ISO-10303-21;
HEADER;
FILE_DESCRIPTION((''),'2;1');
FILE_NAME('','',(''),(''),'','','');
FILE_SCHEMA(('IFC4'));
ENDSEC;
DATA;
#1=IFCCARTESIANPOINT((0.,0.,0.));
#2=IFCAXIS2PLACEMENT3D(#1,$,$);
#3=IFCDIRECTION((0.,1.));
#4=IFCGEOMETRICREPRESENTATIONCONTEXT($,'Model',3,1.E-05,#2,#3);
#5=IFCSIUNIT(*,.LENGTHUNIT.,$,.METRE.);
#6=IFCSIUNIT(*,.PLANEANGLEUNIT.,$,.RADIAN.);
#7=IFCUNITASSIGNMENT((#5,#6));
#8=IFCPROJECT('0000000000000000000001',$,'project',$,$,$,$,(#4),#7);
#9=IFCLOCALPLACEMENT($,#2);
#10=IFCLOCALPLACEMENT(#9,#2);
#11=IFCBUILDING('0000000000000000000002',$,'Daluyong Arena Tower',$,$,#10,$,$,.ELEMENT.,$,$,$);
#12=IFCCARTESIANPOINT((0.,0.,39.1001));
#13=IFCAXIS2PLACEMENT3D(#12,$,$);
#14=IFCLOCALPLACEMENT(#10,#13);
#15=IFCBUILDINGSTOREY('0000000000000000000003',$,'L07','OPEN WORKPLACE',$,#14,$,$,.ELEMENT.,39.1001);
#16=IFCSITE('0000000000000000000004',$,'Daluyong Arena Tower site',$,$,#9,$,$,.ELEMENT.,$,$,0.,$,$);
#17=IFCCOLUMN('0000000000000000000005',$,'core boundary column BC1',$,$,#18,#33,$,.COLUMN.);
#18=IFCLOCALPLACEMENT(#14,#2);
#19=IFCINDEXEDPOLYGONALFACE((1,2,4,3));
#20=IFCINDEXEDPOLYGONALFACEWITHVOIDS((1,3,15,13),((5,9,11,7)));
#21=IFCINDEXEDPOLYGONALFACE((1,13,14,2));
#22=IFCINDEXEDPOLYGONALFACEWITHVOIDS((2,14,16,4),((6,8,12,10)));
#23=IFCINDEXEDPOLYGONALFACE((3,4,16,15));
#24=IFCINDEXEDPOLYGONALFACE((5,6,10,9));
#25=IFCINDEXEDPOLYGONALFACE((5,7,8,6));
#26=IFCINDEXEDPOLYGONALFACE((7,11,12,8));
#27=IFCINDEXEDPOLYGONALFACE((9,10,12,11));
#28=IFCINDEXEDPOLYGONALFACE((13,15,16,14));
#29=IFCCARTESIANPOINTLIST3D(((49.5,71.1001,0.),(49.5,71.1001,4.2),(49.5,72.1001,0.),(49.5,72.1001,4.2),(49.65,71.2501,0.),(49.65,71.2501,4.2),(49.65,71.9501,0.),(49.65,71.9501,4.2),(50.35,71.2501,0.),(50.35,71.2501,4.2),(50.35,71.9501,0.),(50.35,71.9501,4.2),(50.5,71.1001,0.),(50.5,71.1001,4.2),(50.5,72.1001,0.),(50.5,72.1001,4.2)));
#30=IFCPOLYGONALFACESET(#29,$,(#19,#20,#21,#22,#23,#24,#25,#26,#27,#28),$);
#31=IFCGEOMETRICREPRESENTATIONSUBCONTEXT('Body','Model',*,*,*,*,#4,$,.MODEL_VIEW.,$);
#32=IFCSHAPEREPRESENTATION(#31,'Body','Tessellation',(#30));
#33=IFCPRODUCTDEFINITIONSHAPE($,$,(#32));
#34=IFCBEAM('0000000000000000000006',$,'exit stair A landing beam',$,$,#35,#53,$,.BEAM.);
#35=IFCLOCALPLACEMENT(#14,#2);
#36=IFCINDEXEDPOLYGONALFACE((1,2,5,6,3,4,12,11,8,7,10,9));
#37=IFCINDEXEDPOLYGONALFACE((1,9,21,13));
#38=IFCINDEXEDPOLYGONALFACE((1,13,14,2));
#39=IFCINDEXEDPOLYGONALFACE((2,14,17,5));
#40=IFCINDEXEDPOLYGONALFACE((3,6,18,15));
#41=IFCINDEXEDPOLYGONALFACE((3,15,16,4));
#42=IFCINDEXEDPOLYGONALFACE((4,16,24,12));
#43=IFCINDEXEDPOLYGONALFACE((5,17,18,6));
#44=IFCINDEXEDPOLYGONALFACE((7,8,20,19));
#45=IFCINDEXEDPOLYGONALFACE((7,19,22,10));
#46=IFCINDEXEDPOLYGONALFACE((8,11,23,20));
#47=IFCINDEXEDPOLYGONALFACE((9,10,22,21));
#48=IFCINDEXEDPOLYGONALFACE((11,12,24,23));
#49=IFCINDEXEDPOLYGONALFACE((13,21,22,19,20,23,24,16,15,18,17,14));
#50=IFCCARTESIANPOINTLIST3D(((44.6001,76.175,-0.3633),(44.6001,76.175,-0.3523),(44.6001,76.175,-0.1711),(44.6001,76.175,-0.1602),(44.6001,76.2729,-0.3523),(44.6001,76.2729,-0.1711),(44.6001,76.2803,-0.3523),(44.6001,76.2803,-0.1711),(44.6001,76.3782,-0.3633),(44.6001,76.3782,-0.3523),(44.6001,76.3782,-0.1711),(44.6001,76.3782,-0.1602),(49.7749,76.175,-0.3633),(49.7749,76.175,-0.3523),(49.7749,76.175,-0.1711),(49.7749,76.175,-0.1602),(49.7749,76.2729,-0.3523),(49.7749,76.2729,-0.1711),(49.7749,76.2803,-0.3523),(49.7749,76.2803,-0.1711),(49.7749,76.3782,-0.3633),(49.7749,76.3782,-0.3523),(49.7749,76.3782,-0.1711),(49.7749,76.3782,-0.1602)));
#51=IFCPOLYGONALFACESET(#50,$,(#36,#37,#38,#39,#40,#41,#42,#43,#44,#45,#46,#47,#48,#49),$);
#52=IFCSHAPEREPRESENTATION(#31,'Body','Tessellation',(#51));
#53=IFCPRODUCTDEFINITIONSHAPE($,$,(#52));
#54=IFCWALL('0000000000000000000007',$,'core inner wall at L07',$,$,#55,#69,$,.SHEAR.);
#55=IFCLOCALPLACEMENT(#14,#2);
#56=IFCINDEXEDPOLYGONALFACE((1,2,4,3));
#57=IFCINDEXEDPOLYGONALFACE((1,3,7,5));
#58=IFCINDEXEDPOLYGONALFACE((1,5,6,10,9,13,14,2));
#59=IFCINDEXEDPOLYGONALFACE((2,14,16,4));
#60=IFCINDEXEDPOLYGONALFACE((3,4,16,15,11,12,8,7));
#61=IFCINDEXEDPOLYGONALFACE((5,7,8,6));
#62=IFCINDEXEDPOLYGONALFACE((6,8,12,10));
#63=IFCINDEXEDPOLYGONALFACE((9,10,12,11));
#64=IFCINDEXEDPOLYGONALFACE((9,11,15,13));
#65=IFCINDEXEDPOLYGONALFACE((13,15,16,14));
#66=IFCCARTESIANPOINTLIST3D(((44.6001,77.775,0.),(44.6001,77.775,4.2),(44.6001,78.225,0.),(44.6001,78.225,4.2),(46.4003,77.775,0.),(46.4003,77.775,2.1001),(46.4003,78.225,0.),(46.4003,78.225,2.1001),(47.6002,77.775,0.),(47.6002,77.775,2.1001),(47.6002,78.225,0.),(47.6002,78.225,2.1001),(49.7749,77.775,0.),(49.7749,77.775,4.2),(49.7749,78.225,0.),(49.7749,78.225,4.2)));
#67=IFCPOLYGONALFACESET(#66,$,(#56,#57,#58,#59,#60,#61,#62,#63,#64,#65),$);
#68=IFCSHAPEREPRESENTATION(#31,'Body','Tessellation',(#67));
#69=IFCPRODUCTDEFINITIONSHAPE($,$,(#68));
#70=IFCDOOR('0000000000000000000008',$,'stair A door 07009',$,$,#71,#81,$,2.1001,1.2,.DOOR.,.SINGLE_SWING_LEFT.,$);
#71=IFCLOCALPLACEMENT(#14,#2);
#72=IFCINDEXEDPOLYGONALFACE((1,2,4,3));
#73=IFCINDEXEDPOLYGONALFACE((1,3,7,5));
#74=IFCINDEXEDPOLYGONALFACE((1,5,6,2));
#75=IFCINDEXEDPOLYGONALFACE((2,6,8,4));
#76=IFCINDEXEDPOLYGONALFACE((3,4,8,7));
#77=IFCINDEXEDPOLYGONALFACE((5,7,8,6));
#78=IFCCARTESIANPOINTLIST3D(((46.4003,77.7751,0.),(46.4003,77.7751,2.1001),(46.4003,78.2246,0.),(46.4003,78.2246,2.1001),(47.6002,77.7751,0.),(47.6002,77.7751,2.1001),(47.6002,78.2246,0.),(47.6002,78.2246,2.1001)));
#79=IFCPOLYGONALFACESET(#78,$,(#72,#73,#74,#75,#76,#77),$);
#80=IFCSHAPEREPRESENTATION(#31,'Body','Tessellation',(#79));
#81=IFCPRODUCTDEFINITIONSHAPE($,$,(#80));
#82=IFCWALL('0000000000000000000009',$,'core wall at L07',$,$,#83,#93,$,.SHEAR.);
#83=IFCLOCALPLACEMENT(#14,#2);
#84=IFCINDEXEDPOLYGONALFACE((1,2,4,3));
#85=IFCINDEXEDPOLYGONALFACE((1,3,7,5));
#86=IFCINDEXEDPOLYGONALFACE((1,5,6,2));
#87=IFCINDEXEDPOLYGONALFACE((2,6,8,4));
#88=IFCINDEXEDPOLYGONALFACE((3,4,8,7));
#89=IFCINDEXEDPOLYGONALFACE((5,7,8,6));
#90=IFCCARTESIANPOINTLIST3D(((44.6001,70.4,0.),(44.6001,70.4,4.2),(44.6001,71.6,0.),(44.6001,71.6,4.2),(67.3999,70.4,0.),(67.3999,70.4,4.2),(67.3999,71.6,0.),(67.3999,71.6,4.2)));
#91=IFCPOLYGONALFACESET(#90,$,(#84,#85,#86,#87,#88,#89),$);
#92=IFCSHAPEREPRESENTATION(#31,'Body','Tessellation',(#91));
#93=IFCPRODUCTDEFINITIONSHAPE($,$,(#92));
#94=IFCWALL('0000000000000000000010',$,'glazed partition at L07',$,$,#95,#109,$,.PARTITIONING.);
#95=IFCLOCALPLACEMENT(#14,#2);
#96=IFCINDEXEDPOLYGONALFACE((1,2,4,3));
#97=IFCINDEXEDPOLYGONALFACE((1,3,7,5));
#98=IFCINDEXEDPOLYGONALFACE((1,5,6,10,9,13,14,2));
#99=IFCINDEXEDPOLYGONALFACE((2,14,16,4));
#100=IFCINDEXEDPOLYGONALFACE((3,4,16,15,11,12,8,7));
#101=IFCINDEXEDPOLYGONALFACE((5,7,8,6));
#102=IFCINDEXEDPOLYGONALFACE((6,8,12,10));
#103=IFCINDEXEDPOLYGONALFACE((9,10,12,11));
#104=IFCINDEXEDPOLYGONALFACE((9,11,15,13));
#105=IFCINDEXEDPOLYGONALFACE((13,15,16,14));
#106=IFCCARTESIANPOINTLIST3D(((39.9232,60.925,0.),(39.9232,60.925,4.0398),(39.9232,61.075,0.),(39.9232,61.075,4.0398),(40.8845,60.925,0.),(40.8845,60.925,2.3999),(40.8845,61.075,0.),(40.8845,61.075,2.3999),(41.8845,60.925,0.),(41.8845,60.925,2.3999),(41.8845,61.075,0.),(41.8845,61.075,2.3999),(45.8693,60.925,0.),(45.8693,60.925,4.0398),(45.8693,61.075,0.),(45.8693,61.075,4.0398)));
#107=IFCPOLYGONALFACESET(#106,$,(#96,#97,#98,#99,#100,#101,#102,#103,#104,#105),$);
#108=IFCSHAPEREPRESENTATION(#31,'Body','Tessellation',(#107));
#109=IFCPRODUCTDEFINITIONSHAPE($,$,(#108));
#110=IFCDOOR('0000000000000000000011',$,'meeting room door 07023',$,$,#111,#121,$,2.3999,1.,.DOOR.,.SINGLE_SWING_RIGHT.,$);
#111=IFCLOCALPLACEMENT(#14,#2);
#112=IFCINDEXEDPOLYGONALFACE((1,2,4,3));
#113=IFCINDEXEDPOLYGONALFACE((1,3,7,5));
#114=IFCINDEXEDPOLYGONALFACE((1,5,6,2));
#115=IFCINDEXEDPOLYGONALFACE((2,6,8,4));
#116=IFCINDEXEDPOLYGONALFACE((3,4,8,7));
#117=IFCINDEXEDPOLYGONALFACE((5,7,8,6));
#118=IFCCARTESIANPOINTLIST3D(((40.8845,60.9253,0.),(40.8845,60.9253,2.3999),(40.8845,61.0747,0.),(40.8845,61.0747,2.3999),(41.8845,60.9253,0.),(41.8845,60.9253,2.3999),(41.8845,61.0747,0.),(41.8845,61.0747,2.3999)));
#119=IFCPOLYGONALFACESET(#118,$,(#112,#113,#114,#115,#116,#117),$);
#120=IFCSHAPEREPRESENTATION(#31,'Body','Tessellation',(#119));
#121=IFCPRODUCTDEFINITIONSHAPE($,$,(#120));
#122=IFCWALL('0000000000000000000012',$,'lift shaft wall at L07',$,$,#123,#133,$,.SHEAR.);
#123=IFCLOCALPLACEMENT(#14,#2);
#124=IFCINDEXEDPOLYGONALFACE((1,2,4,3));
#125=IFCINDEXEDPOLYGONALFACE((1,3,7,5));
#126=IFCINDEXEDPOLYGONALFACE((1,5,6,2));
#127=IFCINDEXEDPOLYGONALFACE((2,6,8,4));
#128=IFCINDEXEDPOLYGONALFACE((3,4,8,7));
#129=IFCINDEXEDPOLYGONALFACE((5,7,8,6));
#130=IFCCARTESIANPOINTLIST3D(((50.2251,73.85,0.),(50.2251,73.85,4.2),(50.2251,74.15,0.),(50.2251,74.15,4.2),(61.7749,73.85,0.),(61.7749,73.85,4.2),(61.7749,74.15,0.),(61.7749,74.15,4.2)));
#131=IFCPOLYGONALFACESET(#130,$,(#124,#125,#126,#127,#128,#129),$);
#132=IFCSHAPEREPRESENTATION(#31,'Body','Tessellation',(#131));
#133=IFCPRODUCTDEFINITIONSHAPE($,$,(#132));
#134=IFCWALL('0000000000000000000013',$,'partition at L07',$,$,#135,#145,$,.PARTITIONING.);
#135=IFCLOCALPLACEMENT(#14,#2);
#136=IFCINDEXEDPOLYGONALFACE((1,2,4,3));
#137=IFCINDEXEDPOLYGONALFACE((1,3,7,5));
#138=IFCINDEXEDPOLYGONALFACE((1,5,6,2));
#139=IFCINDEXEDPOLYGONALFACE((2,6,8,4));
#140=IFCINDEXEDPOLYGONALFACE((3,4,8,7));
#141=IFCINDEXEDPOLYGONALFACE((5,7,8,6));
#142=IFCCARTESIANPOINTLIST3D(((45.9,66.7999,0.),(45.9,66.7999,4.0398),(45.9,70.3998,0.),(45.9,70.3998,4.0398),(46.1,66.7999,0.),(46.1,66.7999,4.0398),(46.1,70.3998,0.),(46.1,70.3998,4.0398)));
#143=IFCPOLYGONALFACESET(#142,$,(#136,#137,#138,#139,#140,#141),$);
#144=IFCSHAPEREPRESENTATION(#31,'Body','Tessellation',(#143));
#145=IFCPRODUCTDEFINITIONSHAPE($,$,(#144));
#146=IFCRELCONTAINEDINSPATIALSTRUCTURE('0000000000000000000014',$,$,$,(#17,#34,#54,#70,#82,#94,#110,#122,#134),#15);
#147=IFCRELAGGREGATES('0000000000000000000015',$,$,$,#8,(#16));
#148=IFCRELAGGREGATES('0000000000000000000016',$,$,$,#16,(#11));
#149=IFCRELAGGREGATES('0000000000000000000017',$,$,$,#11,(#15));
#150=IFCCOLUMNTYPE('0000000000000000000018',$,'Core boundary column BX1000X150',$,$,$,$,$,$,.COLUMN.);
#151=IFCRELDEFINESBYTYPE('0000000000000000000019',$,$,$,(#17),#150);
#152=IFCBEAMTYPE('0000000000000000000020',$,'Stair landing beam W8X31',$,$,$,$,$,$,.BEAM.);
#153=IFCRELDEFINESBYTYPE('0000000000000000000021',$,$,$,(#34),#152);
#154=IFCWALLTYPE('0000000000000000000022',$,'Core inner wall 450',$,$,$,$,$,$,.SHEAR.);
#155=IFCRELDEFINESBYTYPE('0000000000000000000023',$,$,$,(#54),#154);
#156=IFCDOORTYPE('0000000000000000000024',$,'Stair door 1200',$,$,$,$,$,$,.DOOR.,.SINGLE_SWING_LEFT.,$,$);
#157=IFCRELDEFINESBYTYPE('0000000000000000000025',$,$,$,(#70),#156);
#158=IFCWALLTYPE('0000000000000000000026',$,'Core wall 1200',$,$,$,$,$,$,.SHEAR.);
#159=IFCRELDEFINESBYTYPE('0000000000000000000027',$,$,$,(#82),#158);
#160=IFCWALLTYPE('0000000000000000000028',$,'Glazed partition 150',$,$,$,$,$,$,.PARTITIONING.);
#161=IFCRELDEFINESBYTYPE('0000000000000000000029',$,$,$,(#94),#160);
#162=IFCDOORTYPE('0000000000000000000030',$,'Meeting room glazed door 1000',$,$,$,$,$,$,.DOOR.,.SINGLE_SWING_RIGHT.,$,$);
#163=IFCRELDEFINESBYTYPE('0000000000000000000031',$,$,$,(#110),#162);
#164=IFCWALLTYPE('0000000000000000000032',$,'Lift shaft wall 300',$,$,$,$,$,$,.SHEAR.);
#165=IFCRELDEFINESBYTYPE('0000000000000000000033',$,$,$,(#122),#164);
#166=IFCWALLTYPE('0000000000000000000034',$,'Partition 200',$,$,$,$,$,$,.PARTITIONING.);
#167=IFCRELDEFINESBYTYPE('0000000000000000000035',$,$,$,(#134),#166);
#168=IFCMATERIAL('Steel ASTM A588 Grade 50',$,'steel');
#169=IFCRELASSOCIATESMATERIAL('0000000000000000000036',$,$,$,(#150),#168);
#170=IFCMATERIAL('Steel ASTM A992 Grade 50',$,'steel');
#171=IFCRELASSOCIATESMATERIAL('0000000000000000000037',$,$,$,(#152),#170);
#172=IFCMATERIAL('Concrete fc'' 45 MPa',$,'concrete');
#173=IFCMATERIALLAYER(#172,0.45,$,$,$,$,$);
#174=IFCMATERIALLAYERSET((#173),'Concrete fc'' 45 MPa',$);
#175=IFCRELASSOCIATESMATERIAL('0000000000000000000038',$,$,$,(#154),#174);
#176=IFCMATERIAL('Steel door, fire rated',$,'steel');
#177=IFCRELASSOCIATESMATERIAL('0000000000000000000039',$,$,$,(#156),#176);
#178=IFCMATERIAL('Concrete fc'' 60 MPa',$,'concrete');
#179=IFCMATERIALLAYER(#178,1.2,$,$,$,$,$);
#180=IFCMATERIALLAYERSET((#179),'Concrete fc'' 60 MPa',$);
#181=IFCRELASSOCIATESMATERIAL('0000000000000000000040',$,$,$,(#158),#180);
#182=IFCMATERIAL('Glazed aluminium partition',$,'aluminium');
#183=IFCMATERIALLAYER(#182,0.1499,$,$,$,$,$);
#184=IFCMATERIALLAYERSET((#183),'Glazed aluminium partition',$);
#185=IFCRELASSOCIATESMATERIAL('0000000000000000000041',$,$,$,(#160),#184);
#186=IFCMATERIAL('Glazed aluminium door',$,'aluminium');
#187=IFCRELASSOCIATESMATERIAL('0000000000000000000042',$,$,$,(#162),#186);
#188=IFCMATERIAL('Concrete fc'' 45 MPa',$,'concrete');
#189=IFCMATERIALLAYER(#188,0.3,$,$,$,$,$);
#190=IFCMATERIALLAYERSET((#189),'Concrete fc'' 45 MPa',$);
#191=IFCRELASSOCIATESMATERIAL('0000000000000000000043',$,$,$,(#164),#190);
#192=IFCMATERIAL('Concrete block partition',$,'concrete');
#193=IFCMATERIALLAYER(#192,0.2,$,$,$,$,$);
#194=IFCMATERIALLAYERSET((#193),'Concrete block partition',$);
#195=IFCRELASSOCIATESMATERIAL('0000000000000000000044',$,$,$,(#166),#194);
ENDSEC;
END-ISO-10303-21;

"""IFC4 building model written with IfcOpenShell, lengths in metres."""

from ifc_helpers import new_model, si_unit, direction, frame, frame_2d, origin, origin_2d, place, context, subcontext, project, spatial, rectangle, hollow_rectangle, i_section, extrude, material, layer, layer_set, material_profile, profile_set, type_object, element, fill, save


model = new_model("IFC4")

# Units and contexts
model_context = context("Model", 3, precision=1e-05, world=origin(), true_north=direction((0.0, 1.0)))
body_context = subcontext(model_context, "Body", "Model", "MODEL_VIEW")
ifc_project = project(units=[si_unit("LENGTHUNIT", "METRE"), si_unit("PLANEANGLEUNIT", "RADIAN")], contexts=[model_context])

# Site, building, storey
site_placement = place(None, origin())
site = spatial("IfcSite", under=ifc_project, at=site_placement, Name="Daluyong Arena Tower site", CompositionType="ELEMENT", RefElevation=0.0)
building_placement = place(site_placement, origin())
building = spatial("IfcBuilding", under=site, at=building_placement, Name="Daluyong Arena Tower", CompositionType="ELEMENT")
storey_placement = place(building_placement, frame((0.0, 0.0, 39.1001)))
storey = spatial("IfcBuildingStorey", under=building, at=storey_placement, Name="L07", Description="OPEN WORKPLACE", CompositionType="ELEMENT", Elevation=39.1001)

# Column
ifc_material_1 = material(Name="Steel ASTM A588 Grade 50", Category="steel")
ifc_material_profile_1 = material_profile(ifc_material_1, hollow_rectangle(XDim=1.0, YDim=1.0, WallThickness=0.15, at=origin_2d()))
ifc_profile_set_1 = profile_set([ifc_material_profile_1], Name="Steel ASTM A588 Grade 50")
column_type = type_object("IfcColumnType", Name="Core boundary column BX1000X150", PredefinedType="COLUMN", material=ifc_profile_set_1)
column_placement = place(storey_placement, frame((50.0, 71.6001, 0.0), z_axis=(0.0, 0.0, 1.0), x_axis=(1.0, 0.0, 0.0)))
element("IfcColumn", 1, at=column_placement, inside=storey, type_object=column_type, Name="core boundary column BC1", PredefinedType="COLUMN", context=body_context, shape_type="SweptSolid", body=[
    extrude(hollow_rectangle(XDim=1.0, YDim=1.0, WallThickness=0.15, at=origin_2d()), origin(), (0.0, 0.0, 1.0), 4.2),
])

# Beam
ifc_material_2 = material(Name="Steel ASTM A992 Grade 50", Category="steel")
ifc_material_profile_2 = material_profile(ifc_material_2, i_section(OverallWidth=0.2031, OverallDepth=0.2031, WebThickness=0.0073, FlangeThickness=0.011, at=origin_2d()))
ifc_profile_set_2 = profile_set([ifc_material_profile_2], Name="Steel ASTM A992 Grade 50")
beam_type = type_object("IfcBeamType", Name="Stair landing beam W8X31", PredefinedType="BEAM", material=ifc_profile_set_2)
beam_placement = place(storey_placement, frame((44.6001, 76.2766, -0.2617), z_axis=(1.0, 0.0, 0.0), x_axis=(0.0, 1.0, 0.0)))
element("IfcBeam", 2, at=beam_placement, inside=storey, type_object=beam_type, Name="exit stair A landing beam", PredefinedType="BEAM", context=body_context, shape_type="SweptSolid", body=[
    extrude(i_section(OverallWidth=0.2031, OverallDepth=0.2031, WebThickness=0.0073, FlangeThickness=0.011, at=origin_2d()), origin(), (0.0, 0.0, 1.0), 5.1748),
])

# Wall, opening, door
ifc_material_3 = material(Name="Concrete fc' 45 MPa", Category="concrete")
ifc_layer_1 = layer(ifc_material_3, 0.45)
ifc_layer_set_1 = layer_set([ifc_layer_1], Name="Concrete fc' 45 MPa")
wall_type_1 = type_object("IfcWallType", Name="Core inner wall 450", PredefinedType="SHEAR", material=ifc_layer_set_1)
wall_1_placement = place(storey_placement, frame((44.6001, 78.0, 0.0), z_axis=(0.0, 0.0, 1.0), x_axis=(1.0, 0.0, 0.0)))
wall_1 = element("IfcWall", 3, at=wall_1_placement, inside=storey, type_object=wall_type_1, Name="core inner wall at L07", PredefinedType="SHEAR", context=body_context, shape_type="SweptSolid", body=[
    extrude(rectangle(XDim=5.1748, YDim=0.45, at=frame_2d((2.5874, 0.0))), origin(), (0.0, 0.0, 1.0), 4.2),
])
opening_1_placement = place(wall_1_placement, frame((1.8, 0.0, 0.0)))
opening_1 = element("IfcOpeningElement", 4, at=opening_1_placement, cuts=wall_1, PredefinedType="OPENING", context=body_context, shape_type="SweptSolid", body=[
    extrude(rectangle(XDim=1.2, YDim=2.1001, at=frame_2d((0.6001, 1.05))), frame((0.0, 0.2349, 0.0), z_axis=(0.0, -1.0, 0.0), x_axis=(1.0, 0.0, 0.0)), (0.0, 0.0, 1.0), 0.47),
])
ifc_material_4 = material(Name="Steel door, fire rated", Category="steel")
door_type_1 = type_object("IfcDoorType", Name="Stair door 1200", OperationType="SINGLE_SWING_LEFT", PredefinedType="DOOR", material=ifc_material_4)
door_1_placement = place(opening_1_placement, origin())
door_1 = element("IfcDoor", 5, at=door_1_placement, inside=storey, type_object=door_type_1, Name="stair A door 07009", OperationType="SINGLE_SWING_LEFT", OverallHeight=2.1001, OverallWidth=1.2, PredefinedType="DOOR", context=body_context, shape_type="SweptSolid", body=[
    extrude(rectangle(XDim=1.2, YDim=2.1001, at=frame_2d((0.6001, 1.05))), frame((0.0, 0.2246, 0.0), z_axis=(0.0, -1.0, 0.0), x_axis=(1.0, 0.0, 0.0)), (0.0, 0.0, 1.0), 0.4495),
])
fill(opening_1, door_1)
ifc_material_5 = material(Name="Concrete fc' 60 MPa", Category="concrete")
ifc_layer_2 = layer(ifc_material_5, 1.2)
ifc_layer_set_2 = layer_set([ifc_layer_2], Name="Concrete fc' 60 MPa")
wall_type_2 = type_object("IfcWallType", Name="Core wall 1200", PredefinedType="SHEAR", material=ifc_layer_set_2)

# Wall
wall_2_placement = place(storey_placement, frame((44.6001, 71.0, 0.0), z_axis=(0.0, 0.0, 1.0), x_axis=(1.0, 0.0, 0.0)))
element("IfcWall", 6, at=wall_2_placement, inside=storey, type_object=wall_type_2, Name="core wall at L07", PredefinedType="SHEAR", context=body_context, shape_type="SweptSolid", body=[
    extrude(rectangle(XDim=22.7998, YDim=1.2, at=frame_2d((11.3999, 0.0))), origin(), (0.0, 0.0, 1.0), 4.2),
])

# Wall, opening, door
ifc_material_6 = material(Name="Glazed aluminium partition", Category="aluminium")
ifc_layer_3 = layer(ifc_material_6, 0.1499)
ifc_layer_set_3 = layer_set([ifc_layer_3], Name="Glazed aluminium partition")
wall_type_3 = type_object("IfcWallType", Name="Glazed partition 150", PredefinedType="PARTITIONING", material=ifc_layer_set_3)
wall_3_placement = place(storey_placement, frame((39.9231, 61.0, 0.0), z_axis=(0.0, 0.0, 1.0), x_axis=(1.0, 0.0, 0.0)))
wall_3 = element("IfcWall", 7, at=wall_3_placement, inside=storey, type_object=wall_type_3, Name="glazed partition at L07", PredefinedType="PARTITIONING", context=body_context, shape_type="SweptSolid", body=[
    extrude(rectangle(XDim=5.946, YDim=0.1499, at=frame_2d((2.9731, 0.0))), origin(), (0.0, 0.0, 1.0), 4.0398),
])
opening_2_placement = place(wall_3_placement, frame((0.9614, 0.0, 0.0)))
opening_2 = element("IfcOpeningElement", 8, at=opening_2_placement, cuts=wall_3, PredefinedType="OPENING", context=body_context, shape_type="SweptSolid", body=[
    extrude(rectangle(XDim=1.0, YDim=2.3999, at=frame_2d((0.5, 1.2))), frame((0.0, 0.085, 0.0), z_axis=(0.0, -1.0, 0.0), x_axis=(1.0, 0.0, 0.0)), (0.0, 0.0, 1.0), 0.1699),
])
ifc_material_7 = material(Name="Glazed aluminium door", Category="aluminium")
door_type_2 = type_object("IfcDoorType", Name="Meeting room glazed door 1000", OperationType="SINGLE_SWING_RIGHT", PredefinedType="DOOR", material=ifc_material_7)
door_2_placement = place(opening_2_placement, origin())
door_2 = element("IfcDoor", 9, at=door_2_placement, inside=storey, type_object=door_type_2, Name="meeting room door 07023", OperationType="SINGLE_SWING_RIGHT", OverallHeight=2.3999, OverallWidth=1.0, PredefinedType="DOOR", context=body_context, shape_type="SweptSolid", body=[
    extrude(rectangle(XDim=1.0, YDim=2.3999, at=frame_2d((0.5, 1.2))), frame((0.0, 0.0747, 0.0), z_axis=(0.0, -1.0, 0.0), x_axis=(1.0, 0.0, 0.0)), (0.0, 0.0, 1.0), 0.1494),
])
fill(opening_2, door_2)

# Walls
ifc_material_8 = material(Name="Concrete fc' 45 MPa", Category="concrete")
ifc_layer_4 = layer(ifc_material_8, 0.3)
ifc_layer_set_4 = layer_set([ifc_layer_4], Name="Concrete fc' 45 MPa")
wall_type_4 = type_object("IfcWallType", Name="Lift shaft wall 300", PredefinedType="SHEAR", material=ifc_layer_set_4)
wall_4_placement = place(storey_placement, frame((50.2251, 74.0, 0.0), z_axis=(0.0, 0.0, 1.0), x_axis=(1.0, 0.0, 0.0)))
element("IfcWall", 10, at=wall_4_placement, inside=storey, type_object=wall_type_4, Name="lift shaft wall at L07", PredefinedType="SHEAR", context=body_context, shape_type="SweptSolid", body=[
    extrude(rectangle(XDim=11.5498, YDim=0.3, at=frame_2d((5.7749, 0.0))), origin(), (0.0, 0.0, 1.0), 4.2),
])
ifc_material_9 = material(Name="Concrete block partition", Category="concrete")
ifc_layer_5 = layer(ifc_material_9, 0.2)
ifc_layer_set_5 = layer_set([ifc_layer_5], Name="Concrete block partition")
wall_type_5 = type_object("IfcWallType", Name="Partition 200", PredefinedType="PARTITIONING", material=ifc_layer_set_5)
wall_5_placement = place(storey_placement, frame((46.0, 66.8, 0.0), z_axis=(0.0, 0.0, 1.0), x_axis=(0.0, 1.0, 0.0)))
element("IfcWall", 11, at=wall_5_placement, inside=storey, type_object=wall_type_5, Name="partition at L07", PredefinedType="PARTITIONING", context=body_context, shape_type="SweptSolid", body=[
    extrude(rectangle(XDim=3.5999, YDim=0.2, at=frame_2d((1.7998, 0.0))), origin(), (0.0, 0.0, 1.0), 4.0398),
])

save(model, "model.ifc")
